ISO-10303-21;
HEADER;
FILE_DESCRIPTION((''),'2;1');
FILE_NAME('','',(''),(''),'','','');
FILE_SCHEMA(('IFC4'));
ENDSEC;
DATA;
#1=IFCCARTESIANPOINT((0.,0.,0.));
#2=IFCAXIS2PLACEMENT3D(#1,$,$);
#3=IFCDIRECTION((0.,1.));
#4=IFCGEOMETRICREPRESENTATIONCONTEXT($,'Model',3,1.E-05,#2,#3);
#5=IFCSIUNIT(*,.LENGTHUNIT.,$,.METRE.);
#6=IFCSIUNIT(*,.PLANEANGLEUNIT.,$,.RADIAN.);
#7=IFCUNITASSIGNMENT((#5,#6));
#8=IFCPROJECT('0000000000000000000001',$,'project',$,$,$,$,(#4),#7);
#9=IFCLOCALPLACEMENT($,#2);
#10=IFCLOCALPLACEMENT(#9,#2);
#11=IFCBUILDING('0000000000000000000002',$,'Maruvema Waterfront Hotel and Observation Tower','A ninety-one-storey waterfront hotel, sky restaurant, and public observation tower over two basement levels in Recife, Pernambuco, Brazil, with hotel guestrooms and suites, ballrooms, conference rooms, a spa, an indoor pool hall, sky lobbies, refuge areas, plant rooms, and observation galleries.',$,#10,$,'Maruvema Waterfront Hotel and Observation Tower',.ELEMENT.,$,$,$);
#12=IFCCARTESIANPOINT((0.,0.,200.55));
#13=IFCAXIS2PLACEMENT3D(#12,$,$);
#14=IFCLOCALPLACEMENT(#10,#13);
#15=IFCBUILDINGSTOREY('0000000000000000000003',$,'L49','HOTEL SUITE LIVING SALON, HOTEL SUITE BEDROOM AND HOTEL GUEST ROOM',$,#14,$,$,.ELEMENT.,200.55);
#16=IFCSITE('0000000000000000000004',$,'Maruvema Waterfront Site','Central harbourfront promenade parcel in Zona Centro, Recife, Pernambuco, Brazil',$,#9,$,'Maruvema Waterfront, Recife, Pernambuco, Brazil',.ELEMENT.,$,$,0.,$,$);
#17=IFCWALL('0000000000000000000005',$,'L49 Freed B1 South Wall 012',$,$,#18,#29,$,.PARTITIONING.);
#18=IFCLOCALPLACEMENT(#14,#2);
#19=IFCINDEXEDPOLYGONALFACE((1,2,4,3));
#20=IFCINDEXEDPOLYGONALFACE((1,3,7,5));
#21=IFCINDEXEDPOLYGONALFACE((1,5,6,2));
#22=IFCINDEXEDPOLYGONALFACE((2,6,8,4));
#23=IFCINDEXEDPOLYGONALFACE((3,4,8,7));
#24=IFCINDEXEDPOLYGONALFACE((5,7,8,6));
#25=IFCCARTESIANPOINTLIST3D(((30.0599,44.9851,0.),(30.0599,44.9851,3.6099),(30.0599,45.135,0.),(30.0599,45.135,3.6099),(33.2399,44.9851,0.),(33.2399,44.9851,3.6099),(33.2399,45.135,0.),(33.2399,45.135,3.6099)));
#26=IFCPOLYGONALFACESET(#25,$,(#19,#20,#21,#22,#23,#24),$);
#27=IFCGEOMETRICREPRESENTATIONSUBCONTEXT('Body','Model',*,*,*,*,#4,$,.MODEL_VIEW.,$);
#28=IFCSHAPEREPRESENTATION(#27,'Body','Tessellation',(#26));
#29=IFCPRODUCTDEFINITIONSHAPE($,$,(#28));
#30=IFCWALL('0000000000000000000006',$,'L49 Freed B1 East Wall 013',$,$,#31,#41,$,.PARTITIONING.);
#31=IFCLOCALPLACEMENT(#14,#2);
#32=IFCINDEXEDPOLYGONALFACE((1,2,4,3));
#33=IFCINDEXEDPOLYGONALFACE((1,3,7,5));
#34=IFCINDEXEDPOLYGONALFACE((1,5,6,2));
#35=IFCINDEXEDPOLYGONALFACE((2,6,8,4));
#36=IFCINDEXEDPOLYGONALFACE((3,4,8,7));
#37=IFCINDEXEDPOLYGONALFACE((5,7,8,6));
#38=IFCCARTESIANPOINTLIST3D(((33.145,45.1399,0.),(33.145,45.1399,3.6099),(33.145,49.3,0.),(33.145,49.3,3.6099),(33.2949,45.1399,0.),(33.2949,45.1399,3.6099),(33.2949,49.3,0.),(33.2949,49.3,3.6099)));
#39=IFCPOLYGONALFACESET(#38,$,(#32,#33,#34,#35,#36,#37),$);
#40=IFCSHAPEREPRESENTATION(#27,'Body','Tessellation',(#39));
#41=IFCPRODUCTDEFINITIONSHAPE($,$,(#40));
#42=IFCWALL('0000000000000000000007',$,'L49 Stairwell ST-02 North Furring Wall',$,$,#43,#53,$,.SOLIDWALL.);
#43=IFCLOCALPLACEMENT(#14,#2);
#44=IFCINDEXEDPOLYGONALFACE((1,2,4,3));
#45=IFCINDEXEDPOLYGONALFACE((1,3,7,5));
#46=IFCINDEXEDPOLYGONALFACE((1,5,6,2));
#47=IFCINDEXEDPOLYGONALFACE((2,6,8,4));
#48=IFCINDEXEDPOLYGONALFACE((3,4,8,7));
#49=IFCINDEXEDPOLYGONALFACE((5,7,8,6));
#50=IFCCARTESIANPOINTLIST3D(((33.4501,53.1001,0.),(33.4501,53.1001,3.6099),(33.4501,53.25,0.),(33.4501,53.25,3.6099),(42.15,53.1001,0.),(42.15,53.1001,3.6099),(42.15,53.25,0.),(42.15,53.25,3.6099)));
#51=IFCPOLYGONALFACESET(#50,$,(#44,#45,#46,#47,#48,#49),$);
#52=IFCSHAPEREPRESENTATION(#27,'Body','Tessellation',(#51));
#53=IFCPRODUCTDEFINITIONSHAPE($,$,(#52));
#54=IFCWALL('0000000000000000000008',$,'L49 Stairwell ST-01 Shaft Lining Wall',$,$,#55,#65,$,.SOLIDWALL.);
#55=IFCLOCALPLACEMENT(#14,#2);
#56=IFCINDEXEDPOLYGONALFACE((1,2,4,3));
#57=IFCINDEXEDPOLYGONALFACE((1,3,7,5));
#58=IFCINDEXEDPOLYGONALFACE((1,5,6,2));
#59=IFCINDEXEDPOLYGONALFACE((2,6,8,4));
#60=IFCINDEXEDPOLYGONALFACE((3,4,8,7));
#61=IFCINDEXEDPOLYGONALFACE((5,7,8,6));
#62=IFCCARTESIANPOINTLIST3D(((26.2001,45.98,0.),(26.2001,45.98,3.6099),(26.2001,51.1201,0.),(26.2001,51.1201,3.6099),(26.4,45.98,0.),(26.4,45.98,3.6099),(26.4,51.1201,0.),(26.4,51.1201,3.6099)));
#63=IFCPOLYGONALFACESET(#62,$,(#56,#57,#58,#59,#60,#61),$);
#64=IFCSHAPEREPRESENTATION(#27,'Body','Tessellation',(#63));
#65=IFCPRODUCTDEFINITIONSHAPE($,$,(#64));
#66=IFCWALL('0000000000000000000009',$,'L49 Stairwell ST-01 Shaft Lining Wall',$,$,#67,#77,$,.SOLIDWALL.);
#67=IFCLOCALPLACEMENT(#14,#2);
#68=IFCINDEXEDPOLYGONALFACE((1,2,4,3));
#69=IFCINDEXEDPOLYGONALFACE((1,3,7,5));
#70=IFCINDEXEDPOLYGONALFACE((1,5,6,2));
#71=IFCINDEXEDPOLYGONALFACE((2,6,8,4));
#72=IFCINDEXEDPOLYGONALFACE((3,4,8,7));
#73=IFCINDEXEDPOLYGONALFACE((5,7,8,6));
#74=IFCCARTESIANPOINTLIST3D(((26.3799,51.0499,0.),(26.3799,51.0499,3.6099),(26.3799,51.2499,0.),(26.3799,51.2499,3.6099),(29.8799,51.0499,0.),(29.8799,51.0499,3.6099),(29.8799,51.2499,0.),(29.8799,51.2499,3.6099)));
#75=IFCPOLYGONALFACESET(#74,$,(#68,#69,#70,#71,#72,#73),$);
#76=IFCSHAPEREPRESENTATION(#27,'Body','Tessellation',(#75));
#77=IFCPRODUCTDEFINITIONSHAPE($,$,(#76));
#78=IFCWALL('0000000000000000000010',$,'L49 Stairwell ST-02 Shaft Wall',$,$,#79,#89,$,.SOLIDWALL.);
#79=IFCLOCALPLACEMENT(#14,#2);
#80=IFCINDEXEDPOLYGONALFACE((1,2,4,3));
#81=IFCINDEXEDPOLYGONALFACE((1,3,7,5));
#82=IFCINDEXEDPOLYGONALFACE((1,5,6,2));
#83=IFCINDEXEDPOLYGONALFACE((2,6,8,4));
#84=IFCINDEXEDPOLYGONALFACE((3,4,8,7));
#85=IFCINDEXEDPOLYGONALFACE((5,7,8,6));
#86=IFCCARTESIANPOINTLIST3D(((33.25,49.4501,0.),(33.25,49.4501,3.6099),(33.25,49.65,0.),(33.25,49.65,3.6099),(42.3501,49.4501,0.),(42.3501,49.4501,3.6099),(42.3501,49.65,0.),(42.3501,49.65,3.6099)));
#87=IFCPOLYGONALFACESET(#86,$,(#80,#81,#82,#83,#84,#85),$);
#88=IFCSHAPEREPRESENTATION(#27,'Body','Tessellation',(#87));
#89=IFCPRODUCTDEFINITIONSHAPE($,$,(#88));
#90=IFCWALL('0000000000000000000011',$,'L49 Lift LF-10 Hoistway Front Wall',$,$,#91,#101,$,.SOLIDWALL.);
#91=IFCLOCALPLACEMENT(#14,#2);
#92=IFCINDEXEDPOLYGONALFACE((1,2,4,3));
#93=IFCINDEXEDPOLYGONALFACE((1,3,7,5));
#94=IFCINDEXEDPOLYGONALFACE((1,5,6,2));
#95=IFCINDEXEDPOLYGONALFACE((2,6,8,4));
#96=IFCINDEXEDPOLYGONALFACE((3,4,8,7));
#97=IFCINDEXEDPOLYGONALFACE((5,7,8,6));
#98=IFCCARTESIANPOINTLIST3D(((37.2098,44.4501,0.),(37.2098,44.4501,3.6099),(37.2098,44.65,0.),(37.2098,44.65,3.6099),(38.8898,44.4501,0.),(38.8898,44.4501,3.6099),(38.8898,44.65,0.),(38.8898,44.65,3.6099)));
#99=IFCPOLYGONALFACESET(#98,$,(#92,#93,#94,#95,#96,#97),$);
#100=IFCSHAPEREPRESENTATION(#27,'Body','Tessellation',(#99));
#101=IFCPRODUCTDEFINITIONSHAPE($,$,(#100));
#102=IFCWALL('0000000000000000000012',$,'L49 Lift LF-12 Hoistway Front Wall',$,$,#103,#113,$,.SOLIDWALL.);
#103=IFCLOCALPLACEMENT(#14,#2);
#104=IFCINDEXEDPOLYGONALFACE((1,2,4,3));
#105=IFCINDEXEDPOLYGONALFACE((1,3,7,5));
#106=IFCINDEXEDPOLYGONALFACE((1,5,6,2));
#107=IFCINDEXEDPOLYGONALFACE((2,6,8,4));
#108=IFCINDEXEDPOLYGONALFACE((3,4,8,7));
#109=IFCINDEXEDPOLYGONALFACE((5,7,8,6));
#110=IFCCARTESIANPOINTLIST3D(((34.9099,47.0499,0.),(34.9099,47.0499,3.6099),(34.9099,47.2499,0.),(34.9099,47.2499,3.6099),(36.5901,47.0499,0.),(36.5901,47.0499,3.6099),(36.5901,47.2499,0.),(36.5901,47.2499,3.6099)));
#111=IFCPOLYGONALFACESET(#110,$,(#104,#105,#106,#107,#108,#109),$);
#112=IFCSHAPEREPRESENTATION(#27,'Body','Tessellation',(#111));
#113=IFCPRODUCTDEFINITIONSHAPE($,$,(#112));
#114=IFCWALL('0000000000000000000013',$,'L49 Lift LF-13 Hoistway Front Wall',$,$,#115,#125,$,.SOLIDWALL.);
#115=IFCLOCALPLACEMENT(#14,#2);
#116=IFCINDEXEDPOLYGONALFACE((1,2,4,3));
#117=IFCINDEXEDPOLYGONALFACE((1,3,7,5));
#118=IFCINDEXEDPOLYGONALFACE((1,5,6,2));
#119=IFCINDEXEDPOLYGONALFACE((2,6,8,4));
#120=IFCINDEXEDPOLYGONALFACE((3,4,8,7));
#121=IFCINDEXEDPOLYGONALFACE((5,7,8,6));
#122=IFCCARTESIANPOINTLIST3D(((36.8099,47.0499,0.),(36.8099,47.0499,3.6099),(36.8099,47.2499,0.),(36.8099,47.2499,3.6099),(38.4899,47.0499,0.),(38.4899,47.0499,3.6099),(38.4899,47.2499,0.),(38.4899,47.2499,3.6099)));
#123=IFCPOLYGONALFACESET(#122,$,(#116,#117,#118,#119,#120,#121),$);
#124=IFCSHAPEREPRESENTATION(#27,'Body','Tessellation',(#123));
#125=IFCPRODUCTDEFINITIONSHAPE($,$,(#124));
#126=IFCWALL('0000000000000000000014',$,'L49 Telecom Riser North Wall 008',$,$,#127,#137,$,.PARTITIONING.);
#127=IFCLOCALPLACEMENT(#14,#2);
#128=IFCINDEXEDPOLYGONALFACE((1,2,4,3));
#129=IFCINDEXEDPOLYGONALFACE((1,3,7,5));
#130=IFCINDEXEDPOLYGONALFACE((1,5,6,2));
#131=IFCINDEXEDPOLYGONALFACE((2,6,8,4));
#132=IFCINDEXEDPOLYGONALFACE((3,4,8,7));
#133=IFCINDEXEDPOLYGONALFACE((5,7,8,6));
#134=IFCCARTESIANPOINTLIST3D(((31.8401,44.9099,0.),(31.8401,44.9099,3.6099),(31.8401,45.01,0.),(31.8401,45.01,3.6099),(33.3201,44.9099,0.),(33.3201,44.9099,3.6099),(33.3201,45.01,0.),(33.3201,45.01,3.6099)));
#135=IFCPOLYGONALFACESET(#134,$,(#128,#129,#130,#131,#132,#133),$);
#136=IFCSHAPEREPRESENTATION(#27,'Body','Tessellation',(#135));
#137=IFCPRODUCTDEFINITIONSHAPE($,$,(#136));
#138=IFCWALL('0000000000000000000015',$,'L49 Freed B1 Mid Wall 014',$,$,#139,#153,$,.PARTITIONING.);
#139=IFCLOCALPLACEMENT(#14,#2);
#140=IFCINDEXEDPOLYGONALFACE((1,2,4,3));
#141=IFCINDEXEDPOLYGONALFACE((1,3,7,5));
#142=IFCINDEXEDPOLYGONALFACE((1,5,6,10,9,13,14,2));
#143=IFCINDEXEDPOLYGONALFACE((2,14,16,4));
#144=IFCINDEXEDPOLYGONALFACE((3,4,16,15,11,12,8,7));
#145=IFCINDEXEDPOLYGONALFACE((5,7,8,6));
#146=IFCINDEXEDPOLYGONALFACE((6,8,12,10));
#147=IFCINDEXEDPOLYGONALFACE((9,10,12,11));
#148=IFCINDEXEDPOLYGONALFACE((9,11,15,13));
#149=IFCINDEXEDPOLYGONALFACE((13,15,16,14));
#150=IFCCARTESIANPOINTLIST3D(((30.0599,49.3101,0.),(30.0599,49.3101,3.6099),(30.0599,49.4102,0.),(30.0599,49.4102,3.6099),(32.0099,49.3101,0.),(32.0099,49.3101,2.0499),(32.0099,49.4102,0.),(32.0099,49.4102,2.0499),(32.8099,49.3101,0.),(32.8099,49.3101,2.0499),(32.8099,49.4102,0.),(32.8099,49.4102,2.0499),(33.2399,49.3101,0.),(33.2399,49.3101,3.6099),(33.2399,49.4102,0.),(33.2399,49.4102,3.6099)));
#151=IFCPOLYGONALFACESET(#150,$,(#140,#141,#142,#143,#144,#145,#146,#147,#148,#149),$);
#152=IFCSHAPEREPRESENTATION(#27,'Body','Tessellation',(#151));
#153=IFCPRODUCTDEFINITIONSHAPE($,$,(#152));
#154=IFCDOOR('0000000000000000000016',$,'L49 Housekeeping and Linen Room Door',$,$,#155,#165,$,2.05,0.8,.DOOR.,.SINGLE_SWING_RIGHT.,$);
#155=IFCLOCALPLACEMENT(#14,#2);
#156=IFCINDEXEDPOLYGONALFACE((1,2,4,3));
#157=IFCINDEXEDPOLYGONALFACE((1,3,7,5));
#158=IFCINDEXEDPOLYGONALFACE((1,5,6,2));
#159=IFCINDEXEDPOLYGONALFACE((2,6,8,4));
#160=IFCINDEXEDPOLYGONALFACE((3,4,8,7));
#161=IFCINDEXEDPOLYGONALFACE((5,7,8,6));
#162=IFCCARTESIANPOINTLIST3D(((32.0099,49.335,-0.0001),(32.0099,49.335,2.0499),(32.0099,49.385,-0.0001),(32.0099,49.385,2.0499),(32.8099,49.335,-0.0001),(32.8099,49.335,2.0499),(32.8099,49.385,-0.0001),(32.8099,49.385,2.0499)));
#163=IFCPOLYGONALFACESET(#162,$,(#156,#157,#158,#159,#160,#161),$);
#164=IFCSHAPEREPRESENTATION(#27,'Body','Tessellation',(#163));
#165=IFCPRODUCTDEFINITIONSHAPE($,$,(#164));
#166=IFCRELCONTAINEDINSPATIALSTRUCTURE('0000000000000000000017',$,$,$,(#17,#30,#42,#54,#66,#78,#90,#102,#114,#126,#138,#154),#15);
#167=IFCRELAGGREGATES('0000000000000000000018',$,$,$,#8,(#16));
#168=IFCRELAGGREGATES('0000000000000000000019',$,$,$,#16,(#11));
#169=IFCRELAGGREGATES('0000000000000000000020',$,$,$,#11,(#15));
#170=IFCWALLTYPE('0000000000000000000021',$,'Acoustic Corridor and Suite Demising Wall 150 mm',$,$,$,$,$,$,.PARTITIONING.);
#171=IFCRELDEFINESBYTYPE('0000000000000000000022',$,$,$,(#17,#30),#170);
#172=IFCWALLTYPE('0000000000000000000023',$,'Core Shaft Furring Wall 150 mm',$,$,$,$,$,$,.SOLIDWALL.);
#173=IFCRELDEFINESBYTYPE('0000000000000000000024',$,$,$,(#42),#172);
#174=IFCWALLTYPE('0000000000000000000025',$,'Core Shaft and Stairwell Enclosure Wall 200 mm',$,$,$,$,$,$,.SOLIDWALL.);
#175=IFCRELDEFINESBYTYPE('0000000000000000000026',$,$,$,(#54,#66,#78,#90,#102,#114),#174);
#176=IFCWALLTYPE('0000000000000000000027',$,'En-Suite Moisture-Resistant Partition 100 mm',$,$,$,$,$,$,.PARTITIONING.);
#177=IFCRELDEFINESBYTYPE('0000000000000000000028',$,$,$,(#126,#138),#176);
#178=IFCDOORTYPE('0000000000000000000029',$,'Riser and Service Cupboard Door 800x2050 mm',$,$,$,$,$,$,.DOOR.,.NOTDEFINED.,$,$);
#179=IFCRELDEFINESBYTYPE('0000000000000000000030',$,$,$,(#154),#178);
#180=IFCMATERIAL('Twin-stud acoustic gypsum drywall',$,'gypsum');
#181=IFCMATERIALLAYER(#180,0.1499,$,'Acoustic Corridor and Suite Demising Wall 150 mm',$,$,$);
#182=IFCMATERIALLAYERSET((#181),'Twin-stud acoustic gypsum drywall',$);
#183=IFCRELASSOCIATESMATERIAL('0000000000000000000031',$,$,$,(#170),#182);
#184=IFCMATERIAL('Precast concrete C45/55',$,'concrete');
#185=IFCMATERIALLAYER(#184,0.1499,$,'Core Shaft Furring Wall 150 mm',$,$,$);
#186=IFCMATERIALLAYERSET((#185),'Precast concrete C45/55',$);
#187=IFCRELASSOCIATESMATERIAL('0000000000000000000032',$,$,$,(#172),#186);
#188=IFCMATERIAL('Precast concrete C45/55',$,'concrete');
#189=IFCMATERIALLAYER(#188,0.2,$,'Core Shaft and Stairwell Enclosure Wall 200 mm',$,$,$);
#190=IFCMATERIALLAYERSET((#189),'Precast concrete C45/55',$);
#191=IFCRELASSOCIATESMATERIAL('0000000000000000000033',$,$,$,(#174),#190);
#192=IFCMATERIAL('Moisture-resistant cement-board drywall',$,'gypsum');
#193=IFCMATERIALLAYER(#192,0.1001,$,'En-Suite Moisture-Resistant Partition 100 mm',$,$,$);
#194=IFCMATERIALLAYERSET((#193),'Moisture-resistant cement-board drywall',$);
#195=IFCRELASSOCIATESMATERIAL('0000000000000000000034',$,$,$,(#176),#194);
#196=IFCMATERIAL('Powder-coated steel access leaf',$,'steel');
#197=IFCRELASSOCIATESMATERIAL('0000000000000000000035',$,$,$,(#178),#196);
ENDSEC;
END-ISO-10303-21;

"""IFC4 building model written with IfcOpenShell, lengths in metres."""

from ifc_helpers import new_model, si_unit, direction, frame, frame_2d, origin, place, context, subcontext, project, spatial, rectangle, extrude, material, layer, layer_set, type_object, element, fill, save


model = new_model("IFC4")

# Units and contexts
model_context = context("Model", 3, precision=1e-05, world=origin(), true_north=direction((0.0, 1.0)))
body_context = subcontext(model_context, "Body", "Model", "MODEL_VIEW")
ifc_project = project(units=[si_unit("LENGTHUNIT", "METRE"), si_unit("PLANEANGLEUNIT", "RADIAN")], contexts=[model_context])

# Site, building, storey
site_placement = place(None, origin())
site = spatial("IfcSite", under=ifc_project, at=site_placement, Name="Maruvema Waterfront Site", Description="Central harbourfront promenade parcel in Zona Centro, Recife, Pernambuco, Brazil", LongName="Maruvema Waterfront, Recife, Pernambuco, Brazil", CompositionType="ELEMENT", RefElevation=0.0)
building_placement = place(site_placement, origin())
building = spatial("IfcBuilding", under=site, at=building_placement, Name="Maruvema Waterfront Hotel and Observation Tower", Description="A ninety-one-storey waterfront hotel, sky restaurant, and public observation tower over two basement levels in Recife, Pernambuco, Brazil, with hotel guestrooms and suites, ballrooms, conference rooms, a spa, an indoor pool hall, sky lobbies, refuge areas, plant rooms, and observation galleries.", LongName="Maruvema Waterfront Hotel and Observation Tower", CompositionType="ELEMENT")
storey_placement = place(building_placement, frame((0.0, 0.0, 200.55)))
storey = spatial("IfcBuildingStorey", under=building, at=storey_placement, Name="L49", Description="HOTEL SUITE LIVING SALON, HOTEL SUITE BEDROOM AND HOTEL GUEST ROOM", CompositionType="ELEMENT", Elevation=200.55)

# Walls
ifc_material_1 = material(Name="Twin-stud acoustic gypsum drywall", Category="gypsum")
ifc_layer_1 = layer(ifc_material_1, 0.1499, Name="Acoustic Corridor and Suite Demising Wall 150 mm")
ifc_layer_set_1 = layer_set([ifc_layer_1], Name="Twin-stud acoustic gypsum drywall")
wall_type_1 = type_object("IfcWallType", Name="Acoustic Corridor and Suite Demising Wall 150 mm", PredefinedType="PARTITIONING", material=ifc_layer_set_1)
wall_1_placement = place(storey_placement, frame((30.0601, 45.0601, 0.0), z_axis=(0.0, 0.0, 1.0), x_axis=(1.0, 0.0, 0.0)))
element("IfcWall", 1, at=wall_1_placement, inside=storey, type_object=wall_type_1, Name="L49 Freed B1 South Wall 012", PredefinedType="PARTITIONING", context=body_context, shape_type="SweptSolid", body=[
    extrude(rectangle(XDim=3.1799, YDim=0.1499, at=frame_2d((1.5898, 0.0))), origin(), (0.0, 0.0, 1.0), 3.6099),
])
wall_2_placement = place(storey_placement, frame((33.22, 45.1399, 0.0), z_axis=(0.0, 0.0, 1.0), x_axis=(0.0, 1.0, 0.0)))
element("IfcWall", 2, at=wall_2_placement, inside=storey, type_object=wall_type_1, Name="L49 Freed B1 East Wall 013", PredefinedType="PARTITIONING", context=body_context, shape_type="SweptSolid", body=[
    extrude(rectangle(XDim=4.1602, YDim=0.1499, at=frame_2d((2.0801, 0.0))), origin(), (0.0, 0.0, 1.0), 3.6099),
])
ifc_material_2 = material(Name="Precast concrete C45/55", Category="concrete")
ifc_layer_2 = layer(ifc_material_2, 0.1499, Name="Core Shaft Furring Wall 150 mm")
ifc_layer_set_2 = layer_set([ifc_layer_2], Name="Precast concrete C45/55")
wall_type_2 = type_object("IfcWallType", Name="Core Shaft Furring Wall 150 mm", PredefinedType="SOLIDWALL", material=ifc_layer_set_2)
wall_3_placement = place(storey_placement, frame((33.45, 53.175, 0.0), z_axis=(0.0, 0.0, 1.0), x_axis=(1.0, 0.0, 0.0)))
element("IfcWall", 3, at=wall_3_placement, inside=storey, type_object=wall_type_2, Name="L49 Stairwell ST-02 North Furring Wall", PredefinedType="SOLIDWALL", context=body_context, shape_type="SweptSolid", body=[
    extrude(rectangle(XDim=8.7, YDim=0.1499, at=frame_2d((4.3501, 0.0))), origin(), (0.0, 0.0, 1.0), 3.6099),
])
ifc_material_3 = material(Name="Precast concrete C45/55", Category="concrete")
ifc_layer_3 = layer(ifc_material_3, 0.2, Name="Core Shaft and Stairwell Enclosure Wall 200 mm")
ifc_layer_set_3 = layer_set([ifc_layer_3], Name="Precast concrete C45/55")
wall_type_3 = type_object("IfcWallType", Name="Core Shaft and Stairwell Enclosure Wall 200 mm", PredefinedType="SOLIDWALL", material=ifc_layer_set_3)
wall_4_placement = place(storey_placement, frame((26.3, 45.98, 0.0), z_axis=(0.0, 0.0, 1.0), x_axis=(0.0, 1.0, 0.0)))
element("IfcWall", 4, at=wall_4_placement, inside=storey, type_object=wall_type_3, Name="L49 Stairwell ST-01 Shaft Lining Wall", PredefinedType="SOLIDWALL", context=body_context, shape_type="SweptSolid", body=[
    extrude(rectangle(XDim=5.1401, YDim=0.2, at=frame_2d((2.5701, 0.0))), origin(), (0.0, 0.0, 1.0), 3.6099),
])
wall_5_placement = place(storey_placement, frame((26.3799, 51.1499, 0.0), z_axis=(0.0, 0.0, 1.0), x_axis=(1.0, 0.0, 0.0)))
element("IfcWall", 5, at=wall_5_placement, inside=storey, type_object=wall_type_3, Name="L49 Stairwell ST-01 Shaft Lining Wall", PredefinedType="SOLIDWALL", context=body_context, shape_type="SweptSolid", body=[
    extrude(rectangle(XDim=3.5, YDim=0.2, at=frame_2d((1.75, 0.0))), origin(), (0.0, 0.0, 1.0), 3.6099),
])
wall_6_placement = place(storey_placement, frame((33.25, 49.55, 0.0), z_axis=(0.0, 0.0, 1.0), x_axis=(1.0, 0.0, 0.0)))
element("IfcWall", 6, at=wall_6_placement, inside=storey, type_object=wall_type_3, Name="L49 Stairwell ST-02 Shaft Wall", PredefinedType="SOLIDWALL", context=body_context, shape_type="SweptSolid", body=[
    extrude(rectangle(XDim=9.1001, YDim=0.2, at=frame_2d((4.55, 0.0))), origin(), (0.0, 0.0, 1.0), 3.6099),
])

# Walls
wall_7_placement = place(storey_placement, frame((37.21, 44.55, 0.0), z_axis=(0.0, 0.0, 1.0), x_axis=(1.0, 0.0, 0.0)))
element("IfcWall", 7, at=wall_7_placement, inside=storey, type_object=wall_type_3, Name="L49 Lift LF-10 Hoistway Front Wall", PredefinedType="SOLIDWALL", context=body_context, shape_type="SweptSolid", body=[
    extrude(rectangle(XDim=1.6799, YDim=0.2, at=frame_2d((0.8398, 0.0))), origin(), (0.0, 0.0, 1.0), 3.6099),
])
wall_8_placement = place(storey_placement, frame((34.9099, 47.1499, 0.0), z_axis=(0.0, 0.0, 1.0), x_axis=(1.0, 0.0, 0.0)))
element("IfcWall", 8, at=wall_8_placement, inside=storey, type_object=wall_type_3, Name="L49 Lift LF-12 Hoistway Front Wall", PredefinedType="SOLIDWALL", context=body_context, shape_type="SweptSolid", body=[
    extrude(rectangle(XDim=1.6802, YDim=0.2, at=frame_2d((0.8401, 0.0))), origin(), (0.0, 0.0, 1.0), 3.6099),
])
wall_9_placement = place(storey_placement, frame((36.8101, 47.1499, 0.0), z_axis=(0.0, 0.0, 1.0), x_axis=(1.0, 0.0, 0.0)))
element("IfcWall", 9, at=wall_9_placement, inside=storey, type_object=wall_type_3, Name="L49 Lift LF-13 Hoistway Front Wall", PredefinedType="SOLIDWALL", context=body_context, shape_type="SweptSolid", body=[
    extrude(rectangle(XDim=1.6799, YDim=0.2, at=frame_2d((0.8398, 0.0))), origin(), (0.0, 0.0, 1.0), 3.6099),
])
ifc_material_4 = material(Name="Moisture-resistant cement-board drywall", Category="gypsum")
ifc_layer_4 = layer(ifc_material_4, 0.1001, Name="En-Suite Moisture-Resistant Partition 100 mm")
ifc_layer_set_4 = layer_set([ifc_layer_4], Name="Moisture-resistant cement-board drywall")
wall_type_4 = type_object("IfcWallType", Name="En-Suite Moisture-Resistant Partition 100 mm", PredefinedType="PARTITIONING", material=ifc_layer_set_4)
wall_10_placement = place(storey_placement, frame((31.8401, 44.96, 0.0), z_axis=(0.0, 0.0, 1.0), x_axis=(1.0, 0.0, 0.0)))
element("IfcWall", 10, at=wall_10_placement, inside=storey, type_object=wall_type_4, Name="L49 Telecom Riser North Wall 008", PredefinedType="PARTITIONING", context=body_context, shape_type="SweptSolid", body=[
    extrude(rectangle(XDim=1.48, YDim=0.1001, at=frame_2d((0.74, 0.0))), origin(), (0.0, 0.0, 1.0), 3.6099),
])

# Wall, opening, door
wall_11_placement = place(storey_placement, frame((30.0601, 49.3601, 0.0), z_axis=(0.0, 0.0, 1.0), x_axis=(1.0, 0.0, 0.0)))
wall_11 = element("IfcWall", 11, at=wall_11_placement, inside=storey, type_object=wall_type_4, Name="L49 Freed B1 Mid Wall 014", PredefinedType="PARTITIONING", context=body_context, shape_type="SweptSolid", body=[
    extrude(rectangle(XDim=3.1799, YDim=0.1001, at=frame_2d((1.5898, 0.0))), origin(), (0.0, 0.0, 1.0), 3.6099),
])
opening_1_placement = place(wall_11_placement, frame((1.95, 0.0, 0.0)))
opening_1 = element("IfcOpeningElement", 12, at=opening_1_placement, cuts=wall_11, PredefinedType="OPENING", context=body_context, shape_type="SweptSolid", body=[
    extrude(rectangle(XDim=0.8, YDim=2.05, at=frame_2d((0.3999, 1.0249))), frame((0.0, 0.0601, 0.0), z_axis=(0.0, -1.0, 0.0), x_axis=(1.0, 0.0, 0.0)), (0.0, 0.0, 1.0), 0.1201),
])
ifc_material_5 = material(Name="Powder-coated steel access leaf", Category="steel")
door_type_1 = type_object("IfcDoorType", Name="Riser and Service Cupboard Door 800x2050 mm", OperationType="NOTDEFINED", PredefinedType="DOOR", material=ifc_material_5)
door_1_placement = place(opening_1_placement, origin())
door_1 = element("IfcDoor", 13, at=door_1_placement, inside=storey, type_object=door_type_1, Name="L49 Housekeeping and Linen Room Door", OperationType="SINGLE_SWING_RIGHT", OverallHeight=2.05, OverallWidth=0.8, PredefinedType="DOOR", context=body_context, shape_type="SweptSolid", body=[
    extrude(rectangle(XDim=0.8, YDim=2.05, at=frame_2d((0.3999, 1.0249))), frame((0.0, 0.0249, 0.0), z_axis=(0.0, -1.0, 0.0), x_axis=(1.0, 0.0, 0.0)), (0.0, 0.0, 1.0), 0.05),
])
fill(opening_1, door_1)

save(model, "model.ifc")
